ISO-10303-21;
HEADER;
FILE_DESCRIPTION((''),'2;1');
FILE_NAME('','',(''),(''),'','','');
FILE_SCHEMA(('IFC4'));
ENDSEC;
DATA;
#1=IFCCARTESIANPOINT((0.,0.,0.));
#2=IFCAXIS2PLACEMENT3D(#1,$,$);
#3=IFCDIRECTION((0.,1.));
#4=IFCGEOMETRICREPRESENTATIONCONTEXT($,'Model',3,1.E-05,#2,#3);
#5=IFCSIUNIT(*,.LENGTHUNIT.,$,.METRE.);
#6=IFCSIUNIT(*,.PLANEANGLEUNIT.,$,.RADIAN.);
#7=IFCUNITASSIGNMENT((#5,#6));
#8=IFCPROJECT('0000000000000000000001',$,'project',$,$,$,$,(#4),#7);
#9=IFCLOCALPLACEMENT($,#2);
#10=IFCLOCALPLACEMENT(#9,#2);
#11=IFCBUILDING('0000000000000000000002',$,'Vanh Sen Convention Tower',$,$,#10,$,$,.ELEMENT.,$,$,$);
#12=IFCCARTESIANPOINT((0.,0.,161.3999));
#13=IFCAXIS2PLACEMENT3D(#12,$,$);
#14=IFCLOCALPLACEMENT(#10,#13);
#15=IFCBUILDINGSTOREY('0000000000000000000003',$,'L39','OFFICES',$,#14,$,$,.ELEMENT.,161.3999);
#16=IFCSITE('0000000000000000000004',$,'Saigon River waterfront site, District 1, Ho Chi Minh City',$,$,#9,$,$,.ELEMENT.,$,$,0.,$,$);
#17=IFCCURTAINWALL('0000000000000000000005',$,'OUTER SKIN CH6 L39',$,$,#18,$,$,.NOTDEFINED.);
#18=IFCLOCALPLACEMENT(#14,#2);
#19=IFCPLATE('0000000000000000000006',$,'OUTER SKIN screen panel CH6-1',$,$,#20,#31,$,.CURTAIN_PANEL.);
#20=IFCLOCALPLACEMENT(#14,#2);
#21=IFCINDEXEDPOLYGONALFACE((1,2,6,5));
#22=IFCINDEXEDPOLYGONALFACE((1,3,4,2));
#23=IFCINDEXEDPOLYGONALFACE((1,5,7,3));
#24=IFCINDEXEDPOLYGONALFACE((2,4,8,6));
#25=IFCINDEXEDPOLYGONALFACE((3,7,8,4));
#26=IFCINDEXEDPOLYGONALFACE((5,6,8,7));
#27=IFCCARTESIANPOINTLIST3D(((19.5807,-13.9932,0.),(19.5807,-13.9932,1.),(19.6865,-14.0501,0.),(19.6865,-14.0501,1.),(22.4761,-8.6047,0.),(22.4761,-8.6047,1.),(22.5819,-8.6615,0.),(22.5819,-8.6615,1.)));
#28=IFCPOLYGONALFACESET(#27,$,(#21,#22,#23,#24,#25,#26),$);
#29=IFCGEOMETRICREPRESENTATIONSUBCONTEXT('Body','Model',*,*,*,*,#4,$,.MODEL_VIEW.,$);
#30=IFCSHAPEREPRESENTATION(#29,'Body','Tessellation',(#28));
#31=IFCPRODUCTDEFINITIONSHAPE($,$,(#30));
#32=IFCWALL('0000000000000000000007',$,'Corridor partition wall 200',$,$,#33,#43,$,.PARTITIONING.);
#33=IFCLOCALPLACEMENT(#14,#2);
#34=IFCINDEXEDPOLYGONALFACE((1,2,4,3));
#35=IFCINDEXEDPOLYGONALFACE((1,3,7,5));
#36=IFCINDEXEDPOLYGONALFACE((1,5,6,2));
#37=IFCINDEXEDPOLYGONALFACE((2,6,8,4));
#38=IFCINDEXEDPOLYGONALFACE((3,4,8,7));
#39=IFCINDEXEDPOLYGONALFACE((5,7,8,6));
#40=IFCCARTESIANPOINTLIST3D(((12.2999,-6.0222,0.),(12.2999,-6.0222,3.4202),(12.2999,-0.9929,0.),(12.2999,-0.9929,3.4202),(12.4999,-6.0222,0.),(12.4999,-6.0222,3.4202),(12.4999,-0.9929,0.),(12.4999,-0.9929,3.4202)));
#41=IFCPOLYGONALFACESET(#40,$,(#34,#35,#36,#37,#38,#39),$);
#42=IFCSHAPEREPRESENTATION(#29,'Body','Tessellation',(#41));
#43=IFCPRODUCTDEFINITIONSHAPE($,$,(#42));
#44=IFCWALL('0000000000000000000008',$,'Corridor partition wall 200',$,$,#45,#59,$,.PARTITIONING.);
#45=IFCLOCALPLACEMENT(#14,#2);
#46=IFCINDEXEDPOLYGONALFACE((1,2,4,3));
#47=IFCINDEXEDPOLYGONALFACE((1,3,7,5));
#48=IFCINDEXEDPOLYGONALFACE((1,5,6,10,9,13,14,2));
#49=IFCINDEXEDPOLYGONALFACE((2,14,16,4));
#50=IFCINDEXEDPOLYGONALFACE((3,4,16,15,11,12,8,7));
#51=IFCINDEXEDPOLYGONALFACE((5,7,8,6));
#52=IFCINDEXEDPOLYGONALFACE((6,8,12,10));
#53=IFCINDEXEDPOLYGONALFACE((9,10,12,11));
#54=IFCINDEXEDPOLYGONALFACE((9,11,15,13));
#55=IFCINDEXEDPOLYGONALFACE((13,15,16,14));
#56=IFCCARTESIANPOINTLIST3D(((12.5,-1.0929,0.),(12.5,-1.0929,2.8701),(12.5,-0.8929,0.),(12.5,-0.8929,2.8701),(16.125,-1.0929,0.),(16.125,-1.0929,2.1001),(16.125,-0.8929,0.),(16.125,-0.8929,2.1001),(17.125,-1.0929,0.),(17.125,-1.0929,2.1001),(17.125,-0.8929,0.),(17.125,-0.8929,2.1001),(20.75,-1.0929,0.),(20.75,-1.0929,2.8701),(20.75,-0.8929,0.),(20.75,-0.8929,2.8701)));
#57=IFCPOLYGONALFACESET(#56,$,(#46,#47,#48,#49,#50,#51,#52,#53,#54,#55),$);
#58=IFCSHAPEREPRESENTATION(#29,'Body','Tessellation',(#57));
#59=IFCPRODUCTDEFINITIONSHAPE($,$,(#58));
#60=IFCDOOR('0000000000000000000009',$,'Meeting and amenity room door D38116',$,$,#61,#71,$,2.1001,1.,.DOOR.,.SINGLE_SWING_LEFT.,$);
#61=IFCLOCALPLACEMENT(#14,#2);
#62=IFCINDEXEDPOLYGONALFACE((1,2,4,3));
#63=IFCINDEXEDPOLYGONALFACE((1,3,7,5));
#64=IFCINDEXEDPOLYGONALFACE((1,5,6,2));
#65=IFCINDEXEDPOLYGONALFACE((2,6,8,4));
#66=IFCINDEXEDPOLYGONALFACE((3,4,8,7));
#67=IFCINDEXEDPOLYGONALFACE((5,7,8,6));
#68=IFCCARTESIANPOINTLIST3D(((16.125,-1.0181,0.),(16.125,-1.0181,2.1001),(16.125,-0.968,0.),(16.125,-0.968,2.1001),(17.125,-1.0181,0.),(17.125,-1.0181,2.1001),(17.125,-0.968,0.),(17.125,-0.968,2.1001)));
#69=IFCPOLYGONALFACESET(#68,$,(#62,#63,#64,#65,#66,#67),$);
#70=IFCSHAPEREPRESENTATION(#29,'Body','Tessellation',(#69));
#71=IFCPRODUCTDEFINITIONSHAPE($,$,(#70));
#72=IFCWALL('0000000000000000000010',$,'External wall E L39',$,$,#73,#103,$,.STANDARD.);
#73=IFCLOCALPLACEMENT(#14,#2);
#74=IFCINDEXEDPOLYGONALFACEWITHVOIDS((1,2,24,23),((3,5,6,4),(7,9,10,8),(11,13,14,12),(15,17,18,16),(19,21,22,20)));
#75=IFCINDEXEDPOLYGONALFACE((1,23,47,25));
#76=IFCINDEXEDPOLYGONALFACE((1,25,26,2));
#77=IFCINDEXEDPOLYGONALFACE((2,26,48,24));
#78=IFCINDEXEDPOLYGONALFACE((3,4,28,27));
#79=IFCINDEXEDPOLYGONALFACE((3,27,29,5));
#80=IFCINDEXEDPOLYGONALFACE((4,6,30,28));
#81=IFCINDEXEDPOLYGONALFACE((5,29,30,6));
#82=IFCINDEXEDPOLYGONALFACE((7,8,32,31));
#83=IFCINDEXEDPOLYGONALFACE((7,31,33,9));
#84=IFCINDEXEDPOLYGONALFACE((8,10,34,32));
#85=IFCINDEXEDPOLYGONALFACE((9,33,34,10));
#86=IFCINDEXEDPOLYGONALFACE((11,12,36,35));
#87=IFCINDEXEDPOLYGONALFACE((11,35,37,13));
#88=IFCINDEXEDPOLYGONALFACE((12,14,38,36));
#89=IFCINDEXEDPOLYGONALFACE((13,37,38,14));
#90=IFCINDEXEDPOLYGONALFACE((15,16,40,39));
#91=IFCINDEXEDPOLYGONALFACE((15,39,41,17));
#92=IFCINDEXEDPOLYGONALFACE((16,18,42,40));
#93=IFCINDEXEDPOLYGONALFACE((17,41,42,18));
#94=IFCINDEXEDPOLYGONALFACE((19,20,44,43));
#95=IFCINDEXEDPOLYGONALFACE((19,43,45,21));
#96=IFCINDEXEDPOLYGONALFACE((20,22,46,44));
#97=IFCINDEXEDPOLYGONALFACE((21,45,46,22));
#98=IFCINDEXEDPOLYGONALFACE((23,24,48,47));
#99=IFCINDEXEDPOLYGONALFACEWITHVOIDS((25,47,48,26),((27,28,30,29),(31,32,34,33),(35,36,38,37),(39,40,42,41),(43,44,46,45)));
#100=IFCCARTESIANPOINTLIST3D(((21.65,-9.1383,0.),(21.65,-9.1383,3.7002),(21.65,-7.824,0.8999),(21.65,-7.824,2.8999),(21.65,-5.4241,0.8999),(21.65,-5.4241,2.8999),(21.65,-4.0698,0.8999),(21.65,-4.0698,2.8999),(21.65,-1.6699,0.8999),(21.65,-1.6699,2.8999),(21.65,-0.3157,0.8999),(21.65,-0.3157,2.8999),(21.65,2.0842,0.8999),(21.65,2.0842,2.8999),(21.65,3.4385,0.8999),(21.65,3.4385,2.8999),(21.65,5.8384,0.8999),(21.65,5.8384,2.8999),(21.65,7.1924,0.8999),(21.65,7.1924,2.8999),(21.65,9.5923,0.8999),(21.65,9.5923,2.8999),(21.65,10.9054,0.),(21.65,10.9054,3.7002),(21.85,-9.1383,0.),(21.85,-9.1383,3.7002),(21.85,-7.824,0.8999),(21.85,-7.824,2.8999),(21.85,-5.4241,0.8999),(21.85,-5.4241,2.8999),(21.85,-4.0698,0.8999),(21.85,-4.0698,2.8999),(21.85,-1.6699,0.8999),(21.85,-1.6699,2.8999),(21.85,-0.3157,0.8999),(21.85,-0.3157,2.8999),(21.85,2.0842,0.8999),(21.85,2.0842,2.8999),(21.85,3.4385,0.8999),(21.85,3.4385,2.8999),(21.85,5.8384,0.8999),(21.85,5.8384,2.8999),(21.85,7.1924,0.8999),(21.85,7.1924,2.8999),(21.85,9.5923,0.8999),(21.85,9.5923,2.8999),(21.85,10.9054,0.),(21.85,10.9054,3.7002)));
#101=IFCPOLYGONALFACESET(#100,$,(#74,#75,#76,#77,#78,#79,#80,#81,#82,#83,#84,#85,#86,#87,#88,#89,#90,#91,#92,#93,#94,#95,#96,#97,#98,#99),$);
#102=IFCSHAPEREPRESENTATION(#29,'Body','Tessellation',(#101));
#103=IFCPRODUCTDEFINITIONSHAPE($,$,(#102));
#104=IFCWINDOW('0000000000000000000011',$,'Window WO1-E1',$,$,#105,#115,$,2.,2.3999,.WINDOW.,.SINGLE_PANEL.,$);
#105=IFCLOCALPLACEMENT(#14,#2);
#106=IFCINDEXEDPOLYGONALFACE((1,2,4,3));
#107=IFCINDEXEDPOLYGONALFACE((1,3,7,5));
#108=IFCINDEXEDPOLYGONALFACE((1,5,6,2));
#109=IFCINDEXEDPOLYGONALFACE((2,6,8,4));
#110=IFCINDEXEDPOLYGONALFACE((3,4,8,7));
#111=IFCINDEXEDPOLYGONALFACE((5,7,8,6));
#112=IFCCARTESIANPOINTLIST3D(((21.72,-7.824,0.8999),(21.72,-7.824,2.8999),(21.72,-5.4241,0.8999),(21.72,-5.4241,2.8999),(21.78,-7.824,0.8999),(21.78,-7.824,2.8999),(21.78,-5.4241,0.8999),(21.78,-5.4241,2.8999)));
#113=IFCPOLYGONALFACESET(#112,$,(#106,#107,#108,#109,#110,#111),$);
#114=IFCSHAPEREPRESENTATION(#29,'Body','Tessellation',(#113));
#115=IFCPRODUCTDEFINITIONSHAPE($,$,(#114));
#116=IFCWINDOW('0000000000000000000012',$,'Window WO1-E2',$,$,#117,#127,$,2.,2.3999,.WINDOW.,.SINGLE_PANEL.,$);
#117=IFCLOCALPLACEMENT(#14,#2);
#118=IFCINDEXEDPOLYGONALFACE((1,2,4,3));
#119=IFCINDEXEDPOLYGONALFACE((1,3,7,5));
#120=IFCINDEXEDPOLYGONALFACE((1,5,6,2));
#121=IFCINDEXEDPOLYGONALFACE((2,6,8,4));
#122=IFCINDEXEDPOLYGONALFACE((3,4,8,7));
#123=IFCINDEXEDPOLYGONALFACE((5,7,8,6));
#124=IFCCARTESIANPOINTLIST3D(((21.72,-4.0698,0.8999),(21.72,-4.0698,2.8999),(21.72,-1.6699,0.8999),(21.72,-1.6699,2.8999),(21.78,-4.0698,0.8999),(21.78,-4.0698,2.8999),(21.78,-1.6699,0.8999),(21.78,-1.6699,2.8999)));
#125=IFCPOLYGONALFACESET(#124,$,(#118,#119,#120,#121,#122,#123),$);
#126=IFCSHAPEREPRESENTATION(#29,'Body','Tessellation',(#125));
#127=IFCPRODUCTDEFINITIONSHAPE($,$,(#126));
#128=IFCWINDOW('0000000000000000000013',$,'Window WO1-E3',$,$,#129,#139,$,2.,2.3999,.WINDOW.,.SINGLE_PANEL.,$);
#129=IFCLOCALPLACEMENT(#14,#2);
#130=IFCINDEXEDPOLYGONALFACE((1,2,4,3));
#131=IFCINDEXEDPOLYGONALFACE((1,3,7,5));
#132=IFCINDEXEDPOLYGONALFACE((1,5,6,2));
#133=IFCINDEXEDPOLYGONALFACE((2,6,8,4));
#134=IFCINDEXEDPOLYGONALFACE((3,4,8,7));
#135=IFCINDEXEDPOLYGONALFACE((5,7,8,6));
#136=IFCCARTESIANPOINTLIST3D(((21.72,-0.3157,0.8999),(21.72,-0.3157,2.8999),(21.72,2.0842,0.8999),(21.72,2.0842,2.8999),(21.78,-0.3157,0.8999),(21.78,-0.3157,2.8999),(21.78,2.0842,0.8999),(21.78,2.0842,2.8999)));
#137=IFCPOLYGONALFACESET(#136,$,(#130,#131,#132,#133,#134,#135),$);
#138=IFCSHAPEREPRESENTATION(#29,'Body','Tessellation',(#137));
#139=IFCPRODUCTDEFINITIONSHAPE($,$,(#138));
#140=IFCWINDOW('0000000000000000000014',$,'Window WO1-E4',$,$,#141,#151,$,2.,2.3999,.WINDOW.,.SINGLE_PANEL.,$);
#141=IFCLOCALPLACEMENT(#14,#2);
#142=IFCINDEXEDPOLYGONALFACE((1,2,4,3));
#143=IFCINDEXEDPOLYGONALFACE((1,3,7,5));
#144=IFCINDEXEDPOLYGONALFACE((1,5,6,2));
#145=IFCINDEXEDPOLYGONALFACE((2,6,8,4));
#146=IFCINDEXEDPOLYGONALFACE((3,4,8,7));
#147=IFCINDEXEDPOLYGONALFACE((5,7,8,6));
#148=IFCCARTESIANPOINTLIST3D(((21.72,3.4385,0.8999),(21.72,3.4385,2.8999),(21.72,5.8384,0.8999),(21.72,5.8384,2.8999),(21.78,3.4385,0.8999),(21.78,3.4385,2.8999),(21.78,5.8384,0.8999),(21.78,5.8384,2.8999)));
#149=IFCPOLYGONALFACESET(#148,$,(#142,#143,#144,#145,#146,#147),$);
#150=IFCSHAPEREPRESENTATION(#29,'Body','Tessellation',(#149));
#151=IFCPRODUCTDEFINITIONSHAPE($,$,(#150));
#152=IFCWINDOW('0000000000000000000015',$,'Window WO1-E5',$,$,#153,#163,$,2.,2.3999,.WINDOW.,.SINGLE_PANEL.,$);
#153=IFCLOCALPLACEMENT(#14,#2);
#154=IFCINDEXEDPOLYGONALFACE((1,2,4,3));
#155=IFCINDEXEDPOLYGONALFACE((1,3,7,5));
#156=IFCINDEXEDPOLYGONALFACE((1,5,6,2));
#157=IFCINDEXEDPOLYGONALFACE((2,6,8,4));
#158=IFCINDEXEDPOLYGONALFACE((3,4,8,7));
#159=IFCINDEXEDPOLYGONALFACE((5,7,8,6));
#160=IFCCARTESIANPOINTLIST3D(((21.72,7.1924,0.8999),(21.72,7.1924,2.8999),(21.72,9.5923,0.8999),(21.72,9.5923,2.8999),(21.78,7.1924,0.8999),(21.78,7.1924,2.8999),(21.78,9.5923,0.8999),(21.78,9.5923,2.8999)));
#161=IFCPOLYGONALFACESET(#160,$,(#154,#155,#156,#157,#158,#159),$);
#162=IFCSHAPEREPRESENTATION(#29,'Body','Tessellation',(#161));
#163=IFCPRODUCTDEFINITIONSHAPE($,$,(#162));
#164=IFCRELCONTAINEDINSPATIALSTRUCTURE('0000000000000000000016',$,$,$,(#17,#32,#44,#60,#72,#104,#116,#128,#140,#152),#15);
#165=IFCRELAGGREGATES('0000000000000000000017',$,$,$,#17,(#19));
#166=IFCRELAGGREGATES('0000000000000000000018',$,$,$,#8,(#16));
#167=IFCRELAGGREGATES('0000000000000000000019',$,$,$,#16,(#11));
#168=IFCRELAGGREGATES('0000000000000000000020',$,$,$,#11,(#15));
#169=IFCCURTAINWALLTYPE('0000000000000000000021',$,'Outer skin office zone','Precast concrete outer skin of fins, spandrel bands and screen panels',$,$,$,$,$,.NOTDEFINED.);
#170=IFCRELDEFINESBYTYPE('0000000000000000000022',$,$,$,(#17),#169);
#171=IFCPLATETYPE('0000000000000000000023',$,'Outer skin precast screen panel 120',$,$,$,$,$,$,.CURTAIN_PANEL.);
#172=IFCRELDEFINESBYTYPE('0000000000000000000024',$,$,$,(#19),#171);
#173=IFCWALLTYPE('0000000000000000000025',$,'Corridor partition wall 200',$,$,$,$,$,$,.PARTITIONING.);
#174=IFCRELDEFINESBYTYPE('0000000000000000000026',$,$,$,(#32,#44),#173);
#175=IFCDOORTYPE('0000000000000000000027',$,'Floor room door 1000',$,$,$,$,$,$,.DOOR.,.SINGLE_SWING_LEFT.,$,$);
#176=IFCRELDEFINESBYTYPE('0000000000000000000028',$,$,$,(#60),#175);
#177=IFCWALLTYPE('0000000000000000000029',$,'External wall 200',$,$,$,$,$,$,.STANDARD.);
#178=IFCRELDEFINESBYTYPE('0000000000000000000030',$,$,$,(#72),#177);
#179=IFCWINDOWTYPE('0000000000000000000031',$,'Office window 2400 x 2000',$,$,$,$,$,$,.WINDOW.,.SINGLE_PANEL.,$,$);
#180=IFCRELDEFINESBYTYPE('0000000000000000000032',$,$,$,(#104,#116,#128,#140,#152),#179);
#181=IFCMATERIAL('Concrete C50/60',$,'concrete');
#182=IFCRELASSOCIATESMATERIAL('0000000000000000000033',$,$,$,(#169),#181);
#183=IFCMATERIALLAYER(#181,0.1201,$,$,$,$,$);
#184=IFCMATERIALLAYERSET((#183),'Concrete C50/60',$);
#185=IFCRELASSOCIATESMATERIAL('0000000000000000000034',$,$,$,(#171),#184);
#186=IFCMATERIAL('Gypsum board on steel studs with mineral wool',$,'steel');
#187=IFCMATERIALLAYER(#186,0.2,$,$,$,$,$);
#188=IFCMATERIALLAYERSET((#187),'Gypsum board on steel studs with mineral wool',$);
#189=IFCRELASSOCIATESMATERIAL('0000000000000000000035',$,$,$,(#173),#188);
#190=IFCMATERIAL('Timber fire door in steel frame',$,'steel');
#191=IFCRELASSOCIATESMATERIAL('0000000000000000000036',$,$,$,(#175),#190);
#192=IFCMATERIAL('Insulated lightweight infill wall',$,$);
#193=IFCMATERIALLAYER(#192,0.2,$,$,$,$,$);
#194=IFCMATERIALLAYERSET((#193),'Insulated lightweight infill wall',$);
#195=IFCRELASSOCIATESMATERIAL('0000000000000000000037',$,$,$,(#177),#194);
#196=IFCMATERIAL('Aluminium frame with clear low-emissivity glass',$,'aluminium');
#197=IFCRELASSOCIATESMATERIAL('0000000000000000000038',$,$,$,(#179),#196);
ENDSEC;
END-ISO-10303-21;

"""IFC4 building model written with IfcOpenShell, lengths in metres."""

from ifc_helpers import new_model, si_unit, direction, frame, frame_2d, origin, origin_2d, place, context, subcontext, project, spatial, rectangle, extrude, material, layer, layer_set, type_object, element, fill, aggregate, save


model = new_model("IFC4")

# Units and contexts
model_context = context("Model", 3, precision=1e-05, world=origin(), true_north=direction((0.0, 1.0)))
body_context = subcontext(model_context, "Body", "Model", "MODEL_VIEW")
ifc_project = project(units=[si_unit("LENGTHUNIT", "METRE"), si_unit("PLANEANGLEUNIT", "RADIAN")], contexts=[model_context])

# Site, building, storey
site_placement = place(None, origin())
site = spatial("IfcSite", under=ifc_project, at=site_placement, Name="Saigon River waterfront site, District 1, Ho Chi Minh City", CompositionType="ELEMENT", RefElevation=0.0)
building_placement = place(site_placement, origin())
building = spatial("IfcBuilding", under=site, at=building_placement, Name="Vanh Sen Convention Tower", CompositionType="ELEMENT")
storey_placement = place(building_placement, frame((0.0, 0.0, 161.3999)))
storey = spatial("IfcBuildingStorey", under=building, at=storey_placement, Name="L39", Description="OFFICES", CompositionType="ELEMENT", Elevation=161.3999)

# Shared definitions
ifc_material_1 = material(Name="Concrete C50/60", Category="concrete")
curtain_wall_type = type_object("IfcCurtainWallType", Name="Outer skin office zone", Description="Precast concrete outer skin of fins, spandrel bands and screen panels", PredefinedType="NOTDEFINED", material=ifc_material_1)

# Shared definitions
ifc_layer_1 = layer(ifc_material_1, 0.1201)
ifc_layer_set_1 = layer_set([ifc_layer_1], Name="Concrete C50/60")
plate_type = type_object("IfcPlateType", Name="Outer skin precast screen panel 120", PredefinedType="CURTAIN_PANEL", material=ifc_layer_set_1)

# Curtain wall, plate
curtain_wall_1_placement = place(storey_placement, origin())
curtain_wall_1 = element("IfcCurtainWall", 1, at=curtain_wall_1_placement, inside=storey, type_object=curtain_wall_type, Name="OUTER SKIN CH6 L39", PredefinedType="NOTDEFINED")
plate_1_placement = place(storey_placement, frame((21.0813, -11.3274, 0.0), z_axis=(0.0, 0.0, 1.0), x_axis=(0.473321, 0.88089, 0.0)))
plate_1 = element("IfcPlate", 2, at=plate_1_placement, type_object=plate_type, Name="OUTER SKIN screen panel CH6-1", PredefinedType="CURTAIN_PANEL", context=body_context, shape_type="SweptSolid", body=[
    extrude(rectangle(XDim=6.1172, YDim=0.1201, at=origin_2d()), origin(), (0.0, 0.0, 1.0), 1.0),
])
aggregate(curtain_wall_1, [plate_1])

# Wall
ifc_material_2 = material(Name="Gypsum board on steel studs with mineral wool", Category="steel")
ifc_layer_2 = layer(ifc_material_2, 0.2)
ifc_layer_set_2 = layer_set([ifc_layer_2], Name="Gypsum board on steel studs with mineral wool")
wall_type_1 = type_object("IfcWallType", Name="Corridor partition wall 200", PredefinedType="PARTITIONING", material=ifc_layer_set_2)
wall_1_placement = place(storey_placement, frame((12.3999, -6.0222, 0.0), z_axis=(0.0, 0.0, 1.0), x_axis=(0.0, 1.0, 0.0)))
element("IfcWall", 3, at=wall_1_placement, inside=storey, type_object=wall_type_1, Name="Corridor partition wall 200", PredefinedType="PARTITIONING", context=body_context, shape_type="SweptSolid", body=[
    extrude(rectangle(XDim=5.0293, YDim=0.2, at=frame_2d((2.5146, 0.0))), origin(), (0.0, 0.0, 1.0), 3.4202),
])

# Wall, opening, door
wall_2_placement = place(storey_placement, frame((12.5, -0.9929, 0.0), z_axis=(0.0, 0.0, 1.0), x_axis=(1.0, 0.0, 0.0)))
wall_2 = element("IfcWall", 4, at=wall_2_placement, inside=storey, type_object=wall_type_1, Name="Corridor partition wall 200", PredefinedType="PARTITIONING", context=body_context, shape_type="SweptSolid", body=[
    extrude(rectangle(XDim=8.25, YDim=0.2, at=frame_2d((4.125, 0.0))), origin(), (0.0, 0.0, 1.0), 2.8701),
])
opening_1_placement = place(wall_2_placement, frame((3.625, 0.0, 0.0)))
opening_1 = element("IfcOpeningElement", 5, at=opening_1_placement, cuts=wall_2, PredefinedType="OPENING", context=body_context, shape_type="SweptSolid", body=[
    extrude(rectangle(XDim=1.0, YDim=2.1001, at=frame_2d((0.5, 1.05))), frame((0.0, 0.1099, 0.0), z_axis=(0.0, -1.0, 0.0), x_axis=(1.0, 0.0, 0.0)), (0.0, 0.0, 1.0), 0.22),
])
ifc_material_3 = material(Name="Timber fire door in steel frame", Category="steel")
door_type = type_object("IfcDoorType", Name="Floor room door 1000", OperationType="SINGLE_SWING_LEFT", PredefinedType="DOOR", material=ifc_material_3)
door_placement = place(opening_1_placement, origin())
door = element("IfcDoor", 6, at=door_placement, inside=storey, type_object=door_type, Name="Meeting and amenity room door D38116", OperationType="SINGLE_SWING_LEFT", OverallHeight=2.1001, OverallWidth=1.0, PredefinedType="DOOR", context=body_context, shape_type="SweptSolid", body=[
    extrude(rectangle(XDim=1.0, YDim=2.1001, at=frame_2d((0.5, 1.05))), frame((0.0, 0.0249, 0.0), z_axis=(0.0, -1.0, 0.0), x_axis=(1.0, 0.0, 0.0)), (0.0, 0.0, 1.0), 0.05),
])
fill(opening_1, door)

# Wall, openings, windows
ifc_material_4 = material(Name="Insulated lightweight infill wall")
ifc_layer_3 = layer(ifc_material_4, 0.2)
ifc_layer_set_3 = layer_set([ifc_layer_3], Name="Insulated lightweight infill wall")
wall_type_2 = type_object("IfcWallType", Name="External wall 200", PredefinedType="STANDARD", material=ifc_layer_set_3)
wall_3_placement = place(storey_placement, frame((21.75, -9.1384, 0.0), z_axis=(0.0, 0.0, 1.0), x_axis=(0.0, 1.0, 0.0)))
wall_3 = element("IfcWall", 7, at=wall_3_placement, inside=storey, type_object=wall_type_2, Name="External wall E L39", PredefinedType="STANDARD", context=body_context, shape_type="SweptSolid", body=[
    extrude(rectangle(XDim=20.0437, YDim=0.2, at=frame_2d((10.022, 0.0))), origin(), (0.0, 0.0, 1.0), 3.7002),
])
opening_2_placement = place(wall_3_placement, frame((1.3145, 0.0, 0.8999)))
opening_2 = element("IfcOpeningElement", 8, at=opening_2_placement, cuts=wall_3, PredefinedType="OPENING", context=body_context, shape_type="SweptSolid", body=[
    extrude(rectangle(XDim=2.3999, YDim=2.0, at=frame_2d((1.2, 1.0))), frame((0.0, 0.1099, 0.0), z_axis=(0.0, -1.0, 0.0), x_axis=(1.0, 0.0, 0.0)), (0.0, 0.0, 1.0), 0.22),
])
opening_3_placement = place(wall_3_placement, frame((5.0686, 0.0, 0.8999)))
opening_3 = element("IfcOpeningElement", 9, at=opening_3_placement, cuts=wall_3, PredefinedType="OPENING", context=body_context, shape_type="SweptSolid", body=[
    extrude(rectangle(XDim=2.3999, YDim=2.0, at=frame_2d((1.2, 1.0))), frame((0.0, 0.1099, 0.0), z_axis=(0.0, -1.0, 0.0), x_axis=(1.0, 0.0, 0.0)), (0.0, 0.0, 1.0), 0.22),
])
opening_4_placement = place(wall_3_placement, frame((8.8228, 0.0, 0.8999)))
opening_4 = element("IfcOpeningElement", 10, at=opening_4_placement, cuts=wall_3, PredefinedType="OPENING", context=body_context, shape_type="SweptSolid", body=[
    extrude(rectangle(XDim=2.3999, YDim=2.0, at=frame_2d((1.2, 1.0))), frame((0.0, 0.1099, 0.0), z_axis=(0.0, -1.0, 0.0), x_axis=(1.0, 0.0, 0.0)), (0.0, 0.0, 1.0), 0.22),
])
opening_5_placement = place(wall_3_placement, frame((12.5769, 0.0, 0.8999)))
opening_5 = element("IfcOpeningElement", 11, at=opening_5_placement, cuts=wall_3, PredefinedType="OPENING", context=body_context, shape_type="SweptSolid", body=[
    extrude(rectangle(XDim=2.3999, YDim=2.0, at=frame_2d((1.2, 1.0))), frame((0.0, 0.1099, 0.0), z_axis=(0.0, -1.0, 0.0), x_axis=(1.0, 0.0, 0.0)), (0.0, 0.0, 1.0), 0.22),
])
opening_6_placement = place(wall_3_placement, frame((16.3308, 0.0, 0.8999)))
opening_6 = element("IfcOpeningElement", 12, at=opening_6_placement, cuts=wall_3, PredefinedType="OPENING", context=body_context, shape_type="SweptSolid", body=[
    extrude(rectangle(XDim=2.3999, YDim=2.0, at=frame_2d((1.2, 1.0))), frame((0.0, 0.1099, 0.0), z_axis=(0.0, -1.0, 0.0), x_axis=(1.0, 0.0, 0.0)), (0.0, 0.0, 1.0), 0.22),
])
ifc_material_5 = material(Name="Aluminium frame with clear low-emissivity glass", Category="aluminium")
window_type = type_object("IfcWindowType", Name="Office window 2400 x 2000", PartitioningType="SINGLE_PANEL", PredefinedType="WINDOW", material=ifc_material_5)
window_1_placement = place(opening_2_placement, origin())
window_1 = element("IfcWindow", 13, at=window_1_placement, inside=storey, type_object=window_type, Name="Window WO1-E1", OverallHeight=2.0, OverallWidth=2.3999, PartitioningType="SINGLE_PANEL", PredefinedType="WINDOW", context=body_context, shape_type="SweptSolid", body=[
    extrude(rectangle(XDim=2.3999, YDim=2.0, at=frame_2d((1.2, 1.0))), frame((0.0, 0.03, 0.0), z_axis=(0.0, -1.0, 0.0), x_axis=(1.0, 0.0, 0.0)), (0.0, 0.0, 1.0), 0.0601),
])
fill(opening_2, window_1)
window_2_placement = place(opening_3_placement, origin())
window_2 = element("IfcWindow", 14, at=window_2_placement, inside=storey, type_object=window_type, Name="Window WO1-E2", OverallHeight=2.0, OverallWidth=2.3999, PartitioningType="SINGLE_PANEL", PredefinedType="WINDOW", context=body_context, shape_type="SweptSolid", body=[
    extrude(rectangle(XDim=2.3999, YDim=2.0, at=frame_2d((1.2, 1.0))), frame((0.0, 0.03, 0.0), z_axis=(0.0, -1.0, 0.0), x_axis=(1.0, 0.0, 0.0)), (0.0, 0.0, 1.0), 0.0601),
])
fill(opening_3, window_2)
window_3_placement = place(opening_4_placement, origin())
window_3 = element("IfcWindow", 15, at=window_3_placement, inside=storey, type_object=window_type, Name="Window WO1-E3", OverallHeight=2.0, OverallWidth=2.3999, PartitioningType="SINGLE_PANEL", PredefinedType="WINDOW", context=body_context, shape_type="SweptSolid", body=[
    extrude(rectangle(XDim=2.3999, YDim=2.0, at=frame_2d((1.2, 1.0))), frame((0.0, 0.03, 0.0), z_axis=(0.0, -1.0, 0.0), x_axis=(1.0, 0.0, 0.0)), (0.0, 0.0, 1.0), 0.0601),
])
fill(opening_4, window_3)
window_4_placement = place(opening_5_placement, origin())
window_4 = element("IfcWindow", 16, at=window_4_placement, inside=storey, type_object=window_type, Name="Window WO1-E4", OverallHeight=2.0, OverallWidth=2.3999, PartitioningType="SINGLE_PANEL", PredefinedType="WINDOW", context=body_context, shape_type="SweptSolid", body=[
    extrude(rectangle(XDim=2.3999, YDim=2.0, at=frame_2d((1.2, 1.0))), frame((0.0, 0.03, 0.0), z_axis=(0.0, -1.0, 0.0), x_axis=(1.0, 0.0, 0.0)), (0.0, 0.0, 1.0), 0.0601),
])
fill(opening_5, window_4)
window_5_placement = place(opening_6_placement, origin())
window_5 = element("IfcWindow", 17, at=window_5_placement, inside=storey, type_object=window_type, Name="Window WO1-E5", OverallHeight=2.0, OverallWidth=2.3999, PartitioningType="SINGLE_PANEL", PredefinedType="WINDOW", context=body_context, shape_type="SweptSolid", body=[
    extrude(rectangle(XDim=2.3999, YDim=2.0, at=frame_2d((1.2, 1.0))), frame((0.0, 0.03, 0.0), z_axis=(0.0, -1.0, 0.0), x_axis=(1.0, 0.0, 0.0)), (0.0, 0.0, 1.0), 0.0601),
])
fill(opening_6, window_5)

save(model, "model.ifc")
